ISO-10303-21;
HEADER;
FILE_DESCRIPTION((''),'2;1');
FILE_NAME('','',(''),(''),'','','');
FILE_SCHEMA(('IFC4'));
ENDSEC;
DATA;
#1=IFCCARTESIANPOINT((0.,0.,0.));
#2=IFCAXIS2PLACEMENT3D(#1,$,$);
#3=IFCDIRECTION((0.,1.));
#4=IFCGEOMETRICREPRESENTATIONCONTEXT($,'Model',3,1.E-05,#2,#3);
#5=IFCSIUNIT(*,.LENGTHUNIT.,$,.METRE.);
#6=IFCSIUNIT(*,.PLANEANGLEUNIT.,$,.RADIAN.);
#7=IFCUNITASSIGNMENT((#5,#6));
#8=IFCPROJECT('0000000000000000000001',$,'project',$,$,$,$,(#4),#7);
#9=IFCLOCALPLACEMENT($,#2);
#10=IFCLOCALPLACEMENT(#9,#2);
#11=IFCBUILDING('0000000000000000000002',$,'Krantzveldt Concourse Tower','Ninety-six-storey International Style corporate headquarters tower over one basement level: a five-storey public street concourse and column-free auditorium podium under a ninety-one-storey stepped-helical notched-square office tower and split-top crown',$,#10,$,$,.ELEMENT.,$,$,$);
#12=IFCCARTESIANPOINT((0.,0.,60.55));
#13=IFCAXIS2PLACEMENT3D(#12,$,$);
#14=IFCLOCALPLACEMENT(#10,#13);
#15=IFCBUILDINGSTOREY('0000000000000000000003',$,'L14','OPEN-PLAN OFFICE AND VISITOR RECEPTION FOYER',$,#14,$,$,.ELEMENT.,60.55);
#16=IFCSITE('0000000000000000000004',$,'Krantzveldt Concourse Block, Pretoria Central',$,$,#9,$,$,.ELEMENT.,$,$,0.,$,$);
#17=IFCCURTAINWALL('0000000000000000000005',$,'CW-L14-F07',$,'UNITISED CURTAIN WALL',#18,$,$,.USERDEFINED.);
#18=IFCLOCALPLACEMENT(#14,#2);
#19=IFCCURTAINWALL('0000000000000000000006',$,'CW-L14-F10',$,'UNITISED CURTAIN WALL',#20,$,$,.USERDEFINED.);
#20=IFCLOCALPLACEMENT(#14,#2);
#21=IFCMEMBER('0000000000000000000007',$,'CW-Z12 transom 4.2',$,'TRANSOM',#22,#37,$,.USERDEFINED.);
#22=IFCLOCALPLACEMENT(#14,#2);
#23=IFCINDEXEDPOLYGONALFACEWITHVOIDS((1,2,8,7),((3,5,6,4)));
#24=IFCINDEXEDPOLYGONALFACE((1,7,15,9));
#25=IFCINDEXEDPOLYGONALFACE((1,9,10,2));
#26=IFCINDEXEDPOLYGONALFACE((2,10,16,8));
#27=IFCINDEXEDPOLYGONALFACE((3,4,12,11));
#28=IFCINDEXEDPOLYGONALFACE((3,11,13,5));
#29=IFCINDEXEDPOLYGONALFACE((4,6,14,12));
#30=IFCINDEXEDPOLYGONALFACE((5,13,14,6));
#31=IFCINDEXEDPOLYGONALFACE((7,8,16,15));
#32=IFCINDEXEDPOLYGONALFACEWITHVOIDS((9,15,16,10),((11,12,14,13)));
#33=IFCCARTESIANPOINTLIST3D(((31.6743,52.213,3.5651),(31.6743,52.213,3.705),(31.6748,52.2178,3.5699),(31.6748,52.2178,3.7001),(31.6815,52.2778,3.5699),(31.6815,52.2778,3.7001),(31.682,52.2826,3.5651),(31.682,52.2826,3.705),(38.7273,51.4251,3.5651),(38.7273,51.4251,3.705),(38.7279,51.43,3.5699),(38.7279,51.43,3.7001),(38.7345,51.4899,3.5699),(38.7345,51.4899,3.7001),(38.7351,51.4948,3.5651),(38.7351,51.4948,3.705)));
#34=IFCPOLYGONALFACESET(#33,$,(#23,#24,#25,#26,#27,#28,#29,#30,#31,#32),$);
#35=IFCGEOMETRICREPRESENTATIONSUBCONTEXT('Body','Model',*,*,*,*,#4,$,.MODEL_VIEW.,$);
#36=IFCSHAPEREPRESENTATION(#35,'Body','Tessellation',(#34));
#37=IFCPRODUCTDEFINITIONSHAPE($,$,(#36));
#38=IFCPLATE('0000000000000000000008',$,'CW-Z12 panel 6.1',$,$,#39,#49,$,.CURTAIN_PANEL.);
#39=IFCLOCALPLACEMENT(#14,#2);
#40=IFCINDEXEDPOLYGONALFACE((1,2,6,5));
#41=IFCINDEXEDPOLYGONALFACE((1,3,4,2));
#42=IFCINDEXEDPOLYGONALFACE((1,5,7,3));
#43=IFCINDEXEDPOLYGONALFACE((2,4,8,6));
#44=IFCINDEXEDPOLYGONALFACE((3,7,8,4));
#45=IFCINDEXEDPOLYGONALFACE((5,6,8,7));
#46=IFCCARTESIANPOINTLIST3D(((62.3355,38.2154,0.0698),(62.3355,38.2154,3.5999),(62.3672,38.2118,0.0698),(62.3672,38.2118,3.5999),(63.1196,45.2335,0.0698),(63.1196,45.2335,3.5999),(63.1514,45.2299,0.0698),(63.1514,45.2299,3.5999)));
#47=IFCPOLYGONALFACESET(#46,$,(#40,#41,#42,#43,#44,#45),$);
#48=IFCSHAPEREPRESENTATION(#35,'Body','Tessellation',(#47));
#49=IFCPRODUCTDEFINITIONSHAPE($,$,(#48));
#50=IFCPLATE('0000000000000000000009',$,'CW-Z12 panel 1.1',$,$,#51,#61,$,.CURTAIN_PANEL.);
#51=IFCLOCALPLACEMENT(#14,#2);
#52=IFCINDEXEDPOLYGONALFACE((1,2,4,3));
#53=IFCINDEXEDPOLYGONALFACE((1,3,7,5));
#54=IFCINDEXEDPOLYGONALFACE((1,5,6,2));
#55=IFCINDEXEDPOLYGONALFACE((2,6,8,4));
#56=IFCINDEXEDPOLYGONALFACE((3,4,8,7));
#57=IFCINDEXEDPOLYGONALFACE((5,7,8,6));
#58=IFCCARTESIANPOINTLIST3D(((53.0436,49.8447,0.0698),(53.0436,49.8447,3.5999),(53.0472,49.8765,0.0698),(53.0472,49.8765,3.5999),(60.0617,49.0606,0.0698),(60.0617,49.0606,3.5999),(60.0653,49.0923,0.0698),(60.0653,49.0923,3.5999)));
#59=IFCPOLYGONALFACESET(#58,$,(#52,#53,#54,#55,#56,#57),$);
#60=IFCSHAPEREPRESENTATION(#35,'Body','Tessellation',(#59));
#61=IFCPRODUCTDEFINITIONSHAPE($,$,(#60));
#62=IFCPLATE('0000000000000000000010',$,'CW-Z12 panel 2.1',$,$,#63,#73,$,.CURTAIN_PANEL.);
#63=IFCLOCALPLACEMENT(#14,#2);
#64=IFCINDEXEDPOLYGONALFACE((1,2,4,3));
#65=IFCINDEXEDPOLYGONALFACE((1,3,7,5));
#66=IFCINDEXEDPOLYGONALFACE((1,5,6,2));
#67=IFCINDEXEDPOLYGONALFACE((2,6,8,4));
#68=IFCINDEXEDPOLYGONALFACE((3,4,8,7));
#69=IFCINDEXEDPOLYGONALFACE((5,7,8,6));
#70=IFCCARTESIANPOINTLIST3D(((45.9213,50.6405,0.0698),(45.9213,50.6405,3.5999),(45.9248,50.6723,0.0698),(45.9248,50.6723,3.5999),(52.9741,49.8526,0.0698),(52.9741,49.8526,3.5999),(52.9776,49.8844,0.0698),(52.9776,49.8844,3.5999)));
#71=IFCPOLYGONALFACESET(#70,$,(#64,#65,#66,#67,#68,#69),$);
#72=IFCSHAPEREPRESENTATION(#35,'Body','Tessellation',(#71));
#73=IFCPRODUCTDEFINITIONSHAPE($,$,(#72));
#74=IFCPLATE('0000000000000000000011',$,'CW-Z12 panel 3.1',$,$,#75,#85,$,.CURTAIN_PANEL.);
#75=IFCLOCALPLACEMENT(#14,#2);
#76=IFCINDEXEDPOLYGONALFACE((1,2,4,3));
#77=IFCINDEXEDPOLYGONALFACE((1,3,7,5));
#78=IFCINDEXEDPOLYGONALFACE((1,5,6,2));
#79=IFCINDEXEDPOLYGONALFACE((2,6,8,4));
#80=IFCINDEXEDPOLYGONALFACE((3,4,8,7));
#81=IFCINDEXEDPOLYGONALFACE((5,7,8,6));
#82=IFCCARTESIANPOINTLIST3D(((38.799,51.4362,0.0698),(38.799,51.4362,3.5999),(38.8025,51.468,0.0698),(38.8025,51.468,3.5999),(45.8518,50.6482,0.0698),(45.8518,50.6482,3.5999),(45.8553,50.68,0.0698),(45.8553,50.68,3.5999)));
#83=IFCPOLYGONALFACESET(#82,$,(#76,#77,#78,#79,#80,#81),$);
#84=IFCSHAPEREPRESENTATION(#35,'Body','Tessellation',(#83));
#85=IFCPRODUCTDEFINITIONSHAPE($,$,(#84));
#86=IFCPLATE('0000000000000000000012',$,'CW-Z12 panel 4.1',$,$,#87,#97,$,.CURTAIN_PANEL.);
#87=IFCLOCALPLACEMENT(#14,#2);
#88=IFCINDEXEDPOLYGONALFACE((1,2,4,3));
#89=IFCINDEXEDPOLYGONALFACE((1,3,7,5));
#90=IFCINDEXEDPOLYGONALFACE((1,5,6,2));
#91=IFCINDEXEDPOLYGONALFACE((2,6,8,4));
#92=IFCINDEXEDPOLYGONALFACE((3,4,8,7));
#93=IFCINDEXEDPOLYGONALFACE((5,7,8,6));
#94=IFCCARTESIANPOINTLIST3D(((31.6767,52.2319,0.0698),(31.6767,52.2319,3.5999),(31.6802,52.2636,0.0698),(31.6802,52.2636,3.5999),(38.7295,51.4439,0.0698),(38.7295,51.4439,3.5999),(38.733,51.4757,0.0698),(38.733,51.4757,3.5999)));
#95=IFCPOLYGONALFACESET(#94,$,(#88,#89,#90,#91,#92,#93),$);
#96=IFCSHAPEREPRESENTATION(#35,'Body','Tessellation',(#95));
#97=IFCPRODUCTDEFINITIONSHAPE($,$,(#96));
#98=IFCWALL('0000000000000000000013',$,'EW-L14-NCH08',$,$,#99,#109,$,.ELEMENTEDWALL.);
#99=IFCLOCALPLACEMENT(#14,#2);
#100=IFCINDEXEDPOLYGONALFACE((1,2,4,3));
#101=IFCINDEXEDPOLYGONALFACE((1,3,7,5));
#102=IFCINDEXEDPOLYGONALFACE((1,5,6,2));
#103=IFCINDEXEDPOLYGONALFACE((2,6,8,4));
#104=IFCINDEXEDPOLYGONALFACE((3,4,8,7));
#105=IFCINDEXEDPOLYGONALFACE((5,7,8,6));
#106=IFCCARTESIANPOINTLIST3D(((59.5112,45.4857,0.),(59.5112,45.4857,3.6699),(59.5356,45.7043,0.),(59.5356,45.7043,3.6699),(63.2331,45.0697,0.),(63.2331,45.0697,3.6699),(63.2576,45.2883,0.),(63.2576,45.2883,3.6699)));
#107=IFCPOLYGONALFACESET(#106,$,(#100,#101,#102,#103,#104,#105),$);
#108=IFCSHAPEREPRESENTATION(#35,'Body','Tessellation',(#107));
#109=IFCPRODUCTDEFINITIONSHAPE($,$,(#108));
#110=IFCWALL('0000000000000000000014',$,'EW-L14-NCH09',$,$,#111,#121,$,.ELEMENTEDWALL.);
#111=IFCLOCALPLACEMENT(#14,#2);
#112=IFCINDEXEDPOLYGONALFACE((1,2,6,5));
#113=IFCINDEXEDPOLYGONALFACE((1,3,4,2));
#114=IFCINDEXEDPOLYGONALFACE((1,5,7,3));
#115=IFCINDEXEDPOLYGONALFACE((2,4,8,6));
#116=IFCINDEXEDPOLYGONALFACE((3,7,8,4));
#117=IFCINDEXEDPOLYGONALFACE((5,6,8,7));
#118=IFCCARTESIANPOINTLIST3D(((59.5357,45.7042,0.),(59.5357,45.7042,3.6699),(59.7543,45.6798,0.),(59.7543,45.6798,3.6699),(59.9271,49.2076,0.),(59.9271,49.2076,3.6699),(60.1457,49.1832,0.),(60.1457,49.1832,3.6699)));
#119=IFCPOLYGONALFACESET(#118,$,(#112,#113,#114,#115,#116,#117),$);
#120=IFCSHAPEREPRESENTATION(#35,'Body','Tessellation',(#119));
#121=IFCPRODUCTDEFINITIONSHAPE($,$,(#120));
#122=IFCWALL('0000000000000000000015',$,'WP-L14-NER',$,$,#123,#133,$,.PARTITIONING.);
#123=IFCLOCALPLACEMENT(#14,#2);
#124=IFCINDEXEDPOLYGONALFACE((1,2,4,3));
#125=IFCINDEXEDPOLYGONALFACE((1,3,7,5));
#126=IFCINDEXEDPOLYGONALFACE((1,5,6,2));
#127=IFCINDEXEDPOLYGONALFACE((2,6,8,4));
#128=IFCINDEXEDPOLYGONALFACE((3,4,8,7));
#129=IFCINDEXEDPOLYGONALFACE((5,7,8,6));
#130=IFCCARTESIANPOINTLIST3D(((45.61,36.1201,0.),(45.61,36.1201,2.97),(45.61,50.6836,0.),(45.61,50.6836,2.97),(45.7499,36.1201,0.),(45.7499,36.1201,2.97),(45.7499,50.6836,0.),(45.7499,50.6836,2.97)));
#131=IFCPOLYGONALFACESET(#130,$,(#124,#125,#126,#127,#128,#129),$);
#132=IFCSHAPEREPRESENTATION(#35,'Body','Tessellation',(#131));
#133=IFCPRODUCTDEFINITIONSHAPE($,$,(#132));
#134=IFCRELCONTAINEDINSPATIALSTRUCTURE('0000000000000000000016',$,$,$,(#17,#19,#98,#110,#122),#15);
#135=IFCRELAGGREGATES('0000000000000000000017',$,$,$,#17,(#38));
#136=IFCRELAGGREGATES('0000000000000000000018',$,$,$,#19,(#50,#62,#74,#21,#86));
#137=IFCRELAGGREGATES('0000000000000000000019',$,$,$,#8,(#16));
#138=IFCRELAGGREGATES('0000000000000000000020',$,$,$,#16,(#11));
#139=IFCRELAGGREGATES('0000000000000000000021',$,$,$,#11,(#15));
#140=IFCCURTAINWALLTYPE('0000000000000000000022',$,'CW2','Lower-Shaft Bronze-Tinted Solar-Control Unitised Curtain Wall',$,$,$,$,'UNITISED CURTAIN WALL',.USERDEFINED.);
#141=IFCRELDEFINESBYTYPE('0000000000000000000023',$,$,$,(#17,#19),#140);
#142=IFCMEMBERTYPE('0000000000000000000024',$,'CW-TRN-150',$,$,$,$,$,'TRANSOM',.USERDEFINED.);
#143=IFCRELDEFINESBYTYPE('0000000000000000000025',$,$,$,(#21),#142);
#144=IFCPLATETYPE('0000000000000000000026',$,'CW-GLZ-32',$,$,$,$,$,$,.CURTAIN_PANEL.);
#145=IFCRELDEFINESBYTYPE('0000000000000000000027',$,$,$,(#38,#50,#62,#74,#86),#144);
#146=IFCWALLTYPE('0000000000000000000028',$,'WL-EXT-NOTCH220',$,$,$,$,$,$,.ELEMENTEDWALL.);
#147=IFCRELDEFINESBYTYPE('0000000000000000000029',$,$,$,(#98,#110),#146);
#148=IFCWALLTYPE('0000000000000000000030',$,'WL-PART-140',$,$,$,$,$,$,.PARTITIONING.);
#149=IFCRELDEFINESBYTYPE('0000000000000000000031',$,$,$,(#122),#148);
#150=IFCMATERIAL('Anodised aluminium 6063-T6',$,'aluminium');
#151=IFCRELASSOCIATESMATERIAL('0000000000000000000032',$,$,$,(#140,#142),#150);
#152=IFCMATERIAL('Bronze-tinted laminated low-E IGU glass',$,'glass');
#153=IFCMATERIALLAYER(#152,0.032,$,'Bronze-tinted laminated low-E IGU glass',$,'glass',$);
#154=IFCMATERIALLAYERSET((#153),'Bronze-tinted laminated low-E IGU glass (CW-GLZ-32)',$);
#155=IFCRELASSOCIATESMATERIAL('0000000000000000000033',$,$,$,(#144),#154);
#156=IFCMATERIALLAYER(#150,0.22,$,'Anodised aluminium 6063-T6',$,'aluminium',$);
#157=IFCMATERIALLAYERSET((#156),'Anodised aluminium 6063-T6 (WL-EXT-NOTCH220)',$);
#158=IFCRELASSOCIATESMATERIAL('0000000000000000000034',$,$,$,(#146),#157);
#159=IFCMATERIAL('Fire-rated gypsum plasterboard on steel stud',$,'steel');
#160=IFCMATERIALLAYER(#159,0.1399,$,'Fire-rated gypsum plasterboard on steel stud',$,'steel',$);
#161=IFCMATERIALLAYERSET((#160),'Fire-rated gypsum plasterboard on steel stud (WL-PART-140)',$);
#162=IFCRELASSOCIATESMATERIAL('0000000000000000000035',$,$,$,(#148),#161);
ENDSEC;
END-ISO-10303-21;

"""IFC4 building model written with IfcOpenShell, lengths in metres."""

from ifc_helpers import new_model, si_unit, direction, frame, frame_2d, origin, origin_2d, place, context, subcontext, project, spatial, rectangle, hollow_rectangle, extrude, source, transform, mapped, material, layer, layer_set, material_profile, profile_set, type_object, type_shapes, element, aggregate, save


model = new_model("IFC4")

# Units and contexts
model_context = context("Model", 3, precision=1e-05, world=origin(), true_north=direction((0.0, 1.0)))
body_context = subcontext(model_context, "Body", "Model", "MODEL_VIEW")
ifc_project = project(units=[si_unit("LENGTHUNIT", "METRE"), si_unit("PLANEANGLEUNIT", "RADIAN")], contexts=[model_context])

# Site, building, storey
site_placement = place(None, origin())
site = spatial("IfcSite", under=ifc_project, at=site_placement, Name="Krantzveldt Concourse Block, Pretoria Central", CompositionType="ELEMENT", RefElevation=0.0)
building_placement = place(site_placement, origin())
building = spatial("IfcBuilding", under=site, at=building_placement, Name="Krantzveldt Concourse Tower", Description="Ninety-six-storey International Style corporate headquarters tower over one basement level: a five-storey public street concourse and column-free auditorium podium under a ninety-one-storey stepped-helical notched-square office tower and split-top crown", CompositionType="ELEMENT")
storey_placement = place(building_placement, frame((0.0, 0.0, 60.55)))
storey = spatial("IfcBuildingStorey", under=building, at=storey_placement, Name="L14", Description="OPEN-PLAN OFFICE AND VISITOR RECEPTION FOYER", CompositionType="ELEMENT", Elevation=60.55)

# Curtain walls
ifc_material_1 = material(Name="Anodised aluminium 6063-T6", Category="aluminium")
curtain_wall_type = type_object("IfcCurtainWallType", Name="CW2", Description="Lower-Shaft Bronze-Tinted Solar-Control Unitised Curtain Wall", ElementType="UNITISED CURTAIN WALL", PredefinedType="USERDEFINED", material=ifc_material_1)
curtain_wall_1_placement = place(storey_placement, origin())
curtain_wall_1 = element("IfcCurtainWall", 1, at=curtain_wall_1_placement, inside=storey, type_object=curtain_wall_type, Name="CW-L14-F07", ObjectType="UNITISED CURTAIN WALL", PredefinedType="USERDEFINED")
curtain_wall_2_placement = place(storey_placement, origin())
curtain_wall_2 = element("IfcCurtainWall", 2, at=curtain_wall_2_placement, inside=storey, type_object=curtain_wall_type, Name="CW-L14-F10", ObjectType="UNITISED CURTAIN WALL", PredefinedType="USERDEFINED")
ifc_material_profile_1 = material_profile(ifc_material_1, hollow_rectangle(XDim=0.0701, YDim=0.1399, WallThickness=0.0049, at=origin_2d()), Name="Anodised aluminium 6063-T6", Category="aluminium")
ifc_profile_set_1 = profile_set([ifc_material_profile_1], Name="Anodised aluminium 6063-T6 - ALU-TRAN 140x70x5")
member_type_1 = type_object("IfcMemberType", Name="CW-TRN-150", ElementType="TRANSOM", PredefinedType="USERDEFINED", material=ifc_profile_set_1)

# Member
shared_shape_1 = source(origin(), body_context, "Body", "SweptSolid", [
    extrude(hollow_rectangle(XDim=0.0701, YDim=0.1399, WallThickness=0.0049, at=origin_2d()), origin(), (0.0, 0.0, 1.0), 7.0969),
])
member_1_placement = place(storey_placement, frame((38.7312, 51.46, 3.635), z_axis=(-0.993819, 0.111013, 0.0), x_axis=(-0.111013, -0.993819, 0.0)))
member_1 = element("IfcMember", 3, at=member_1_placement, type_object=member_type_1, Name="CW-Z12 transom 4.2", ObjectType="TRANSOM", PredefinedType="USERDEFINED", context=body_context, shape_type="MappedRepresentation", body=[
    mapped(shared_shape_1, transform((0.0, 0.0, 0.0), x_axis=(1.0, 0.0, 0.0), y_axis=(0.0, 1.0, 0.0), z_axis=(0.0, 0.0, 1.0), scale=1.0)),
])

# Plates
ifc_material_2 = material(Name="Bronze-tinted laminated low-E IGU glass", Category="glass")
ifc_layer_1 = layer(ifc_material_2, 0.032, Name="Bronze-tinted laminated low-E IGU glass", Category="glass")
ifc_layer_set_1 = layer_set([ifc_layer_1], Name="Bronze-tinted laminated low-E IGU glass (CW-GLZ-32)")
plate_type = type_object("IfcPlateType", Name="CW-GLZ-32", PredefinedType="CURTAIN_PANEL", material=ifc_layer_set_1)
shared_shape_2 = source(origin(), body_context, "Body", "SweptSolid", [
    extrude(rectangle(XDim=7.0618, YDim=0.032, at=origin_2d()), origin(), (0.0, 0.0, 1.0), 3.53),
])
plate_1_placement = place(storey_placement, frame((62.7434, 41.7227, 0.0698), z_axis=(0.0, 0.0, 1.0), x_axis=(0.111035, 0.993816, 0.0)))
plate_1 = element("IfcPlate", 4, at=plate_1_placement, type_object=plate_type, Name="CW-Z12 panel 6.1", PredefinedType="CURTAIN_PANEL", context=body_context, shape_type="MappedRepresentation", body=[
    mapped(shared_shape_2, transform((0.0, 0.0, 0.0), x_axis=(1.0, 0.0, 0.0), y_axis=(0.0, 1.0, 0.0), z_axis=(0.0, 0.0, 1.0), scale=1.0)),
])
aggregate(curtain_wall_1, [plate_1])
plate_2_placement = place(storey_placement, frame((56.5544, 49.4685, 0.0698), z_axis=(0.0, 0.0, 1.0), x_axis=(-0.993816, 0.111035, 0.0)))
plate_2 = element("IfcPlate", 5, at=plate_2_placement, type_object=plate_type, Name="CW-Z12 panel 1.1", PredefinedType="CURTAIN_PANEL", context=body_context, shape_type="MappedRepresentation", body=[
    mapped(shared_shape_2, transform((0.0, 0.0, 0.0), x_axis=(1.0, 0.0, 0.0), y_axis=(0.0, 1.0, 0.0), z_axis=(0.0, 0.0, 1.0), scale=1.0)),
])
shared_shape_3 = source(origin(), body_context, "Body", "SweptSolid", [
    extrude(rectangle(XDim=7.0967, YDim=0.032, at=origin_2d()), origin(), (0.0, 0.0, 1.0), 3.53),
])
type_shapes(plate_type, [shared_shape_2, shared_shape_3])
plate_3_placement = place(storey_placement, frame((49.4495, 50.2625, 0.0698), z_axis=(0.0, 0.0, 1.0), x_axis=(-0.993816, 0.111035, 0.0)))
plate_3 = element("IfcPlate", 6, at=plate_3_placement, type_object=plate_type, Name="CW-Z12 panel 2.1", PredefinedType="CURTAIN_PANEL", context=body_context, shape_type="MappedRepresentation", body=[
    mapped(shared_shape_3, transform((0.0, 0.0, 0.0), x_axis=(1.0, 0.0, 0.0), y_axis=(0.0, 1.0, 0.0), z_axis=(0.0, 0.0, 1.0), scale=1.0)),
])
plate_4_placement = place(storey_placement, frame((42.3271, 51.0581, 0.0698), z_axis=(0.0, 0.0, 1.0), x_axis=(-0.993816, 0.111035, 0.0)))
plate_4 = element("IfcPlate", 7, at=plate_4_placement, type_object=plate_type, Name="CW-Z12 panel 3.1", PredefinedType="CURTAIN_PANEL", context=body_context, shape_type="MappedRepresentation", body=[
    mapped(shared_shape_3, transform((0.0, 0.0, 0.0), x_axis=(1.0, 0.0, 0.0), y_axis=(0.0, 1.0, 0.0), z_axis=(0.0, 0.0, 1.0), scale=1.0)),
])
plate_5_placement = place(storey_placement, frame((35.2048, 51.8538, 0.0698), z_axis=(0.0, 0.0, 1.0), x_axis=(-0.993816, 0.111035, 0.0)))
plate_5 = element("IfcPlate", 8, at=plate_5_placement, type_object=plate_type, Name="CW-Z12 panel 4.1", PredefinedType="CURTAIN_PANEL", context=body_context, shape_type="MappedRepresentation", body=[
    mapped(shared_shape_3, transform((0.0, 0.0, 0.0), x_axis=(1.0, 0.0, 0.0), y_axis=(0.0, 1.0, 0.0), z_axis=(0.0, 0.0, 1.0), scale=1.0)),
])
aggregate(curtain_wall_2, [plate_2, plate_3, plate_4, member_1, plate_5])

# Walls
ifc_layer_2 = layer(ifc_material_1, 0.22, Name="Anodised aluminium 6063-T6", Category="aluminium")
ifc_layer_set_2 = layer_set([ifc_layer_2], Name="Anodised aluminium 6063-T6 (WL-EXT-NOTCH220)")
wall_type_1 = type_object("IfcWallType", Name="WL-EXT-NOTCH220", PredefinedType="ELEMENTEDWALL", material=ifc_layer_set_2)
wall_1_placement = place(storey_placement, frame((63.2454, 45.179, 0.0), z_axis=(0.0, 0.0, 1.0), x_axis=(-0.993811, 0.111083, 0.0)))
element("IfcWall", 9, at=wall_1_placement, inside=storey, type_object=wall_type_1, Name="EW-L14-NCH08", PredefinedType="ELEMENTEDWALL", context=body_context, shape_type="SweptSolid", body=[
    extrude(rectangle(XDim=3.7451, YDim=0.22, at=frame_2d((1.8726, 0.0))), origin(), (0.0, 0.0, 1.0), 3.6699),
])
wall_2_placement = place(storey_placement, frame((59.645, 45.6919, 0.0), z_axis=(0.0, 0.0, 1.0), x_axis=(0.111017, 0.993819, 0.0)))
element("IfcWall", 10, at=wall_2_placement, inside=storey, type_object=wall_type_1, Name="EW-L14-NCH09", PredefinedType="ELEMENTEDWALL", context=body_context, shape_type="SweptSolid", body=[
    extrude(rectangle(XDim=3.5251, YDim=0.22, at=frame_2d((1.7627, 0.0))), origin(), (0.0, 0.0, 1.0), 3.6699),
])
ifc_material_3 = material(Name="Fire-rated gypsum plasterboard on steel stud", Category="steel")
ifc_layer_3 = layer(ifc_material_3, 0.1399, Name="Fire-rated gypsum plasterboard on steel stud", Category="steel")
ifc_layer_set_3 = layer_set([ifc_layer_3], Name="Fire-rated gypsum plasterboard on steel stud (WL-PART-140)")
wall_type_2 = type_object("IfcWallType", Name="WL-PART-140", PredefinedType="PARTITIONING", material=ifc_layer_set_3)
wall_3_placement = place(storey_placement, frame((45.6799, 36.1201, 0.0), z_axis=(0.0, 0.0, 1.0), x_axis=(0.0, 1.0, 0.0)))
element("IfcWall", 11, at=wall_3_placement, inside=storey, type_object=wall_type_2, Name="WP-L14-NER", PredefinedType="PARTITIONING", context=body_context, shape_type="SweptSolid", body=[
    extrude(rectangle(XDim=14.5635, YDim=0.1399, at=frame_2d((7.2817, 0.0))), origin(), (0.0, 0.0, 1.0), 2.97),
])

save(model, "model.ifc")
